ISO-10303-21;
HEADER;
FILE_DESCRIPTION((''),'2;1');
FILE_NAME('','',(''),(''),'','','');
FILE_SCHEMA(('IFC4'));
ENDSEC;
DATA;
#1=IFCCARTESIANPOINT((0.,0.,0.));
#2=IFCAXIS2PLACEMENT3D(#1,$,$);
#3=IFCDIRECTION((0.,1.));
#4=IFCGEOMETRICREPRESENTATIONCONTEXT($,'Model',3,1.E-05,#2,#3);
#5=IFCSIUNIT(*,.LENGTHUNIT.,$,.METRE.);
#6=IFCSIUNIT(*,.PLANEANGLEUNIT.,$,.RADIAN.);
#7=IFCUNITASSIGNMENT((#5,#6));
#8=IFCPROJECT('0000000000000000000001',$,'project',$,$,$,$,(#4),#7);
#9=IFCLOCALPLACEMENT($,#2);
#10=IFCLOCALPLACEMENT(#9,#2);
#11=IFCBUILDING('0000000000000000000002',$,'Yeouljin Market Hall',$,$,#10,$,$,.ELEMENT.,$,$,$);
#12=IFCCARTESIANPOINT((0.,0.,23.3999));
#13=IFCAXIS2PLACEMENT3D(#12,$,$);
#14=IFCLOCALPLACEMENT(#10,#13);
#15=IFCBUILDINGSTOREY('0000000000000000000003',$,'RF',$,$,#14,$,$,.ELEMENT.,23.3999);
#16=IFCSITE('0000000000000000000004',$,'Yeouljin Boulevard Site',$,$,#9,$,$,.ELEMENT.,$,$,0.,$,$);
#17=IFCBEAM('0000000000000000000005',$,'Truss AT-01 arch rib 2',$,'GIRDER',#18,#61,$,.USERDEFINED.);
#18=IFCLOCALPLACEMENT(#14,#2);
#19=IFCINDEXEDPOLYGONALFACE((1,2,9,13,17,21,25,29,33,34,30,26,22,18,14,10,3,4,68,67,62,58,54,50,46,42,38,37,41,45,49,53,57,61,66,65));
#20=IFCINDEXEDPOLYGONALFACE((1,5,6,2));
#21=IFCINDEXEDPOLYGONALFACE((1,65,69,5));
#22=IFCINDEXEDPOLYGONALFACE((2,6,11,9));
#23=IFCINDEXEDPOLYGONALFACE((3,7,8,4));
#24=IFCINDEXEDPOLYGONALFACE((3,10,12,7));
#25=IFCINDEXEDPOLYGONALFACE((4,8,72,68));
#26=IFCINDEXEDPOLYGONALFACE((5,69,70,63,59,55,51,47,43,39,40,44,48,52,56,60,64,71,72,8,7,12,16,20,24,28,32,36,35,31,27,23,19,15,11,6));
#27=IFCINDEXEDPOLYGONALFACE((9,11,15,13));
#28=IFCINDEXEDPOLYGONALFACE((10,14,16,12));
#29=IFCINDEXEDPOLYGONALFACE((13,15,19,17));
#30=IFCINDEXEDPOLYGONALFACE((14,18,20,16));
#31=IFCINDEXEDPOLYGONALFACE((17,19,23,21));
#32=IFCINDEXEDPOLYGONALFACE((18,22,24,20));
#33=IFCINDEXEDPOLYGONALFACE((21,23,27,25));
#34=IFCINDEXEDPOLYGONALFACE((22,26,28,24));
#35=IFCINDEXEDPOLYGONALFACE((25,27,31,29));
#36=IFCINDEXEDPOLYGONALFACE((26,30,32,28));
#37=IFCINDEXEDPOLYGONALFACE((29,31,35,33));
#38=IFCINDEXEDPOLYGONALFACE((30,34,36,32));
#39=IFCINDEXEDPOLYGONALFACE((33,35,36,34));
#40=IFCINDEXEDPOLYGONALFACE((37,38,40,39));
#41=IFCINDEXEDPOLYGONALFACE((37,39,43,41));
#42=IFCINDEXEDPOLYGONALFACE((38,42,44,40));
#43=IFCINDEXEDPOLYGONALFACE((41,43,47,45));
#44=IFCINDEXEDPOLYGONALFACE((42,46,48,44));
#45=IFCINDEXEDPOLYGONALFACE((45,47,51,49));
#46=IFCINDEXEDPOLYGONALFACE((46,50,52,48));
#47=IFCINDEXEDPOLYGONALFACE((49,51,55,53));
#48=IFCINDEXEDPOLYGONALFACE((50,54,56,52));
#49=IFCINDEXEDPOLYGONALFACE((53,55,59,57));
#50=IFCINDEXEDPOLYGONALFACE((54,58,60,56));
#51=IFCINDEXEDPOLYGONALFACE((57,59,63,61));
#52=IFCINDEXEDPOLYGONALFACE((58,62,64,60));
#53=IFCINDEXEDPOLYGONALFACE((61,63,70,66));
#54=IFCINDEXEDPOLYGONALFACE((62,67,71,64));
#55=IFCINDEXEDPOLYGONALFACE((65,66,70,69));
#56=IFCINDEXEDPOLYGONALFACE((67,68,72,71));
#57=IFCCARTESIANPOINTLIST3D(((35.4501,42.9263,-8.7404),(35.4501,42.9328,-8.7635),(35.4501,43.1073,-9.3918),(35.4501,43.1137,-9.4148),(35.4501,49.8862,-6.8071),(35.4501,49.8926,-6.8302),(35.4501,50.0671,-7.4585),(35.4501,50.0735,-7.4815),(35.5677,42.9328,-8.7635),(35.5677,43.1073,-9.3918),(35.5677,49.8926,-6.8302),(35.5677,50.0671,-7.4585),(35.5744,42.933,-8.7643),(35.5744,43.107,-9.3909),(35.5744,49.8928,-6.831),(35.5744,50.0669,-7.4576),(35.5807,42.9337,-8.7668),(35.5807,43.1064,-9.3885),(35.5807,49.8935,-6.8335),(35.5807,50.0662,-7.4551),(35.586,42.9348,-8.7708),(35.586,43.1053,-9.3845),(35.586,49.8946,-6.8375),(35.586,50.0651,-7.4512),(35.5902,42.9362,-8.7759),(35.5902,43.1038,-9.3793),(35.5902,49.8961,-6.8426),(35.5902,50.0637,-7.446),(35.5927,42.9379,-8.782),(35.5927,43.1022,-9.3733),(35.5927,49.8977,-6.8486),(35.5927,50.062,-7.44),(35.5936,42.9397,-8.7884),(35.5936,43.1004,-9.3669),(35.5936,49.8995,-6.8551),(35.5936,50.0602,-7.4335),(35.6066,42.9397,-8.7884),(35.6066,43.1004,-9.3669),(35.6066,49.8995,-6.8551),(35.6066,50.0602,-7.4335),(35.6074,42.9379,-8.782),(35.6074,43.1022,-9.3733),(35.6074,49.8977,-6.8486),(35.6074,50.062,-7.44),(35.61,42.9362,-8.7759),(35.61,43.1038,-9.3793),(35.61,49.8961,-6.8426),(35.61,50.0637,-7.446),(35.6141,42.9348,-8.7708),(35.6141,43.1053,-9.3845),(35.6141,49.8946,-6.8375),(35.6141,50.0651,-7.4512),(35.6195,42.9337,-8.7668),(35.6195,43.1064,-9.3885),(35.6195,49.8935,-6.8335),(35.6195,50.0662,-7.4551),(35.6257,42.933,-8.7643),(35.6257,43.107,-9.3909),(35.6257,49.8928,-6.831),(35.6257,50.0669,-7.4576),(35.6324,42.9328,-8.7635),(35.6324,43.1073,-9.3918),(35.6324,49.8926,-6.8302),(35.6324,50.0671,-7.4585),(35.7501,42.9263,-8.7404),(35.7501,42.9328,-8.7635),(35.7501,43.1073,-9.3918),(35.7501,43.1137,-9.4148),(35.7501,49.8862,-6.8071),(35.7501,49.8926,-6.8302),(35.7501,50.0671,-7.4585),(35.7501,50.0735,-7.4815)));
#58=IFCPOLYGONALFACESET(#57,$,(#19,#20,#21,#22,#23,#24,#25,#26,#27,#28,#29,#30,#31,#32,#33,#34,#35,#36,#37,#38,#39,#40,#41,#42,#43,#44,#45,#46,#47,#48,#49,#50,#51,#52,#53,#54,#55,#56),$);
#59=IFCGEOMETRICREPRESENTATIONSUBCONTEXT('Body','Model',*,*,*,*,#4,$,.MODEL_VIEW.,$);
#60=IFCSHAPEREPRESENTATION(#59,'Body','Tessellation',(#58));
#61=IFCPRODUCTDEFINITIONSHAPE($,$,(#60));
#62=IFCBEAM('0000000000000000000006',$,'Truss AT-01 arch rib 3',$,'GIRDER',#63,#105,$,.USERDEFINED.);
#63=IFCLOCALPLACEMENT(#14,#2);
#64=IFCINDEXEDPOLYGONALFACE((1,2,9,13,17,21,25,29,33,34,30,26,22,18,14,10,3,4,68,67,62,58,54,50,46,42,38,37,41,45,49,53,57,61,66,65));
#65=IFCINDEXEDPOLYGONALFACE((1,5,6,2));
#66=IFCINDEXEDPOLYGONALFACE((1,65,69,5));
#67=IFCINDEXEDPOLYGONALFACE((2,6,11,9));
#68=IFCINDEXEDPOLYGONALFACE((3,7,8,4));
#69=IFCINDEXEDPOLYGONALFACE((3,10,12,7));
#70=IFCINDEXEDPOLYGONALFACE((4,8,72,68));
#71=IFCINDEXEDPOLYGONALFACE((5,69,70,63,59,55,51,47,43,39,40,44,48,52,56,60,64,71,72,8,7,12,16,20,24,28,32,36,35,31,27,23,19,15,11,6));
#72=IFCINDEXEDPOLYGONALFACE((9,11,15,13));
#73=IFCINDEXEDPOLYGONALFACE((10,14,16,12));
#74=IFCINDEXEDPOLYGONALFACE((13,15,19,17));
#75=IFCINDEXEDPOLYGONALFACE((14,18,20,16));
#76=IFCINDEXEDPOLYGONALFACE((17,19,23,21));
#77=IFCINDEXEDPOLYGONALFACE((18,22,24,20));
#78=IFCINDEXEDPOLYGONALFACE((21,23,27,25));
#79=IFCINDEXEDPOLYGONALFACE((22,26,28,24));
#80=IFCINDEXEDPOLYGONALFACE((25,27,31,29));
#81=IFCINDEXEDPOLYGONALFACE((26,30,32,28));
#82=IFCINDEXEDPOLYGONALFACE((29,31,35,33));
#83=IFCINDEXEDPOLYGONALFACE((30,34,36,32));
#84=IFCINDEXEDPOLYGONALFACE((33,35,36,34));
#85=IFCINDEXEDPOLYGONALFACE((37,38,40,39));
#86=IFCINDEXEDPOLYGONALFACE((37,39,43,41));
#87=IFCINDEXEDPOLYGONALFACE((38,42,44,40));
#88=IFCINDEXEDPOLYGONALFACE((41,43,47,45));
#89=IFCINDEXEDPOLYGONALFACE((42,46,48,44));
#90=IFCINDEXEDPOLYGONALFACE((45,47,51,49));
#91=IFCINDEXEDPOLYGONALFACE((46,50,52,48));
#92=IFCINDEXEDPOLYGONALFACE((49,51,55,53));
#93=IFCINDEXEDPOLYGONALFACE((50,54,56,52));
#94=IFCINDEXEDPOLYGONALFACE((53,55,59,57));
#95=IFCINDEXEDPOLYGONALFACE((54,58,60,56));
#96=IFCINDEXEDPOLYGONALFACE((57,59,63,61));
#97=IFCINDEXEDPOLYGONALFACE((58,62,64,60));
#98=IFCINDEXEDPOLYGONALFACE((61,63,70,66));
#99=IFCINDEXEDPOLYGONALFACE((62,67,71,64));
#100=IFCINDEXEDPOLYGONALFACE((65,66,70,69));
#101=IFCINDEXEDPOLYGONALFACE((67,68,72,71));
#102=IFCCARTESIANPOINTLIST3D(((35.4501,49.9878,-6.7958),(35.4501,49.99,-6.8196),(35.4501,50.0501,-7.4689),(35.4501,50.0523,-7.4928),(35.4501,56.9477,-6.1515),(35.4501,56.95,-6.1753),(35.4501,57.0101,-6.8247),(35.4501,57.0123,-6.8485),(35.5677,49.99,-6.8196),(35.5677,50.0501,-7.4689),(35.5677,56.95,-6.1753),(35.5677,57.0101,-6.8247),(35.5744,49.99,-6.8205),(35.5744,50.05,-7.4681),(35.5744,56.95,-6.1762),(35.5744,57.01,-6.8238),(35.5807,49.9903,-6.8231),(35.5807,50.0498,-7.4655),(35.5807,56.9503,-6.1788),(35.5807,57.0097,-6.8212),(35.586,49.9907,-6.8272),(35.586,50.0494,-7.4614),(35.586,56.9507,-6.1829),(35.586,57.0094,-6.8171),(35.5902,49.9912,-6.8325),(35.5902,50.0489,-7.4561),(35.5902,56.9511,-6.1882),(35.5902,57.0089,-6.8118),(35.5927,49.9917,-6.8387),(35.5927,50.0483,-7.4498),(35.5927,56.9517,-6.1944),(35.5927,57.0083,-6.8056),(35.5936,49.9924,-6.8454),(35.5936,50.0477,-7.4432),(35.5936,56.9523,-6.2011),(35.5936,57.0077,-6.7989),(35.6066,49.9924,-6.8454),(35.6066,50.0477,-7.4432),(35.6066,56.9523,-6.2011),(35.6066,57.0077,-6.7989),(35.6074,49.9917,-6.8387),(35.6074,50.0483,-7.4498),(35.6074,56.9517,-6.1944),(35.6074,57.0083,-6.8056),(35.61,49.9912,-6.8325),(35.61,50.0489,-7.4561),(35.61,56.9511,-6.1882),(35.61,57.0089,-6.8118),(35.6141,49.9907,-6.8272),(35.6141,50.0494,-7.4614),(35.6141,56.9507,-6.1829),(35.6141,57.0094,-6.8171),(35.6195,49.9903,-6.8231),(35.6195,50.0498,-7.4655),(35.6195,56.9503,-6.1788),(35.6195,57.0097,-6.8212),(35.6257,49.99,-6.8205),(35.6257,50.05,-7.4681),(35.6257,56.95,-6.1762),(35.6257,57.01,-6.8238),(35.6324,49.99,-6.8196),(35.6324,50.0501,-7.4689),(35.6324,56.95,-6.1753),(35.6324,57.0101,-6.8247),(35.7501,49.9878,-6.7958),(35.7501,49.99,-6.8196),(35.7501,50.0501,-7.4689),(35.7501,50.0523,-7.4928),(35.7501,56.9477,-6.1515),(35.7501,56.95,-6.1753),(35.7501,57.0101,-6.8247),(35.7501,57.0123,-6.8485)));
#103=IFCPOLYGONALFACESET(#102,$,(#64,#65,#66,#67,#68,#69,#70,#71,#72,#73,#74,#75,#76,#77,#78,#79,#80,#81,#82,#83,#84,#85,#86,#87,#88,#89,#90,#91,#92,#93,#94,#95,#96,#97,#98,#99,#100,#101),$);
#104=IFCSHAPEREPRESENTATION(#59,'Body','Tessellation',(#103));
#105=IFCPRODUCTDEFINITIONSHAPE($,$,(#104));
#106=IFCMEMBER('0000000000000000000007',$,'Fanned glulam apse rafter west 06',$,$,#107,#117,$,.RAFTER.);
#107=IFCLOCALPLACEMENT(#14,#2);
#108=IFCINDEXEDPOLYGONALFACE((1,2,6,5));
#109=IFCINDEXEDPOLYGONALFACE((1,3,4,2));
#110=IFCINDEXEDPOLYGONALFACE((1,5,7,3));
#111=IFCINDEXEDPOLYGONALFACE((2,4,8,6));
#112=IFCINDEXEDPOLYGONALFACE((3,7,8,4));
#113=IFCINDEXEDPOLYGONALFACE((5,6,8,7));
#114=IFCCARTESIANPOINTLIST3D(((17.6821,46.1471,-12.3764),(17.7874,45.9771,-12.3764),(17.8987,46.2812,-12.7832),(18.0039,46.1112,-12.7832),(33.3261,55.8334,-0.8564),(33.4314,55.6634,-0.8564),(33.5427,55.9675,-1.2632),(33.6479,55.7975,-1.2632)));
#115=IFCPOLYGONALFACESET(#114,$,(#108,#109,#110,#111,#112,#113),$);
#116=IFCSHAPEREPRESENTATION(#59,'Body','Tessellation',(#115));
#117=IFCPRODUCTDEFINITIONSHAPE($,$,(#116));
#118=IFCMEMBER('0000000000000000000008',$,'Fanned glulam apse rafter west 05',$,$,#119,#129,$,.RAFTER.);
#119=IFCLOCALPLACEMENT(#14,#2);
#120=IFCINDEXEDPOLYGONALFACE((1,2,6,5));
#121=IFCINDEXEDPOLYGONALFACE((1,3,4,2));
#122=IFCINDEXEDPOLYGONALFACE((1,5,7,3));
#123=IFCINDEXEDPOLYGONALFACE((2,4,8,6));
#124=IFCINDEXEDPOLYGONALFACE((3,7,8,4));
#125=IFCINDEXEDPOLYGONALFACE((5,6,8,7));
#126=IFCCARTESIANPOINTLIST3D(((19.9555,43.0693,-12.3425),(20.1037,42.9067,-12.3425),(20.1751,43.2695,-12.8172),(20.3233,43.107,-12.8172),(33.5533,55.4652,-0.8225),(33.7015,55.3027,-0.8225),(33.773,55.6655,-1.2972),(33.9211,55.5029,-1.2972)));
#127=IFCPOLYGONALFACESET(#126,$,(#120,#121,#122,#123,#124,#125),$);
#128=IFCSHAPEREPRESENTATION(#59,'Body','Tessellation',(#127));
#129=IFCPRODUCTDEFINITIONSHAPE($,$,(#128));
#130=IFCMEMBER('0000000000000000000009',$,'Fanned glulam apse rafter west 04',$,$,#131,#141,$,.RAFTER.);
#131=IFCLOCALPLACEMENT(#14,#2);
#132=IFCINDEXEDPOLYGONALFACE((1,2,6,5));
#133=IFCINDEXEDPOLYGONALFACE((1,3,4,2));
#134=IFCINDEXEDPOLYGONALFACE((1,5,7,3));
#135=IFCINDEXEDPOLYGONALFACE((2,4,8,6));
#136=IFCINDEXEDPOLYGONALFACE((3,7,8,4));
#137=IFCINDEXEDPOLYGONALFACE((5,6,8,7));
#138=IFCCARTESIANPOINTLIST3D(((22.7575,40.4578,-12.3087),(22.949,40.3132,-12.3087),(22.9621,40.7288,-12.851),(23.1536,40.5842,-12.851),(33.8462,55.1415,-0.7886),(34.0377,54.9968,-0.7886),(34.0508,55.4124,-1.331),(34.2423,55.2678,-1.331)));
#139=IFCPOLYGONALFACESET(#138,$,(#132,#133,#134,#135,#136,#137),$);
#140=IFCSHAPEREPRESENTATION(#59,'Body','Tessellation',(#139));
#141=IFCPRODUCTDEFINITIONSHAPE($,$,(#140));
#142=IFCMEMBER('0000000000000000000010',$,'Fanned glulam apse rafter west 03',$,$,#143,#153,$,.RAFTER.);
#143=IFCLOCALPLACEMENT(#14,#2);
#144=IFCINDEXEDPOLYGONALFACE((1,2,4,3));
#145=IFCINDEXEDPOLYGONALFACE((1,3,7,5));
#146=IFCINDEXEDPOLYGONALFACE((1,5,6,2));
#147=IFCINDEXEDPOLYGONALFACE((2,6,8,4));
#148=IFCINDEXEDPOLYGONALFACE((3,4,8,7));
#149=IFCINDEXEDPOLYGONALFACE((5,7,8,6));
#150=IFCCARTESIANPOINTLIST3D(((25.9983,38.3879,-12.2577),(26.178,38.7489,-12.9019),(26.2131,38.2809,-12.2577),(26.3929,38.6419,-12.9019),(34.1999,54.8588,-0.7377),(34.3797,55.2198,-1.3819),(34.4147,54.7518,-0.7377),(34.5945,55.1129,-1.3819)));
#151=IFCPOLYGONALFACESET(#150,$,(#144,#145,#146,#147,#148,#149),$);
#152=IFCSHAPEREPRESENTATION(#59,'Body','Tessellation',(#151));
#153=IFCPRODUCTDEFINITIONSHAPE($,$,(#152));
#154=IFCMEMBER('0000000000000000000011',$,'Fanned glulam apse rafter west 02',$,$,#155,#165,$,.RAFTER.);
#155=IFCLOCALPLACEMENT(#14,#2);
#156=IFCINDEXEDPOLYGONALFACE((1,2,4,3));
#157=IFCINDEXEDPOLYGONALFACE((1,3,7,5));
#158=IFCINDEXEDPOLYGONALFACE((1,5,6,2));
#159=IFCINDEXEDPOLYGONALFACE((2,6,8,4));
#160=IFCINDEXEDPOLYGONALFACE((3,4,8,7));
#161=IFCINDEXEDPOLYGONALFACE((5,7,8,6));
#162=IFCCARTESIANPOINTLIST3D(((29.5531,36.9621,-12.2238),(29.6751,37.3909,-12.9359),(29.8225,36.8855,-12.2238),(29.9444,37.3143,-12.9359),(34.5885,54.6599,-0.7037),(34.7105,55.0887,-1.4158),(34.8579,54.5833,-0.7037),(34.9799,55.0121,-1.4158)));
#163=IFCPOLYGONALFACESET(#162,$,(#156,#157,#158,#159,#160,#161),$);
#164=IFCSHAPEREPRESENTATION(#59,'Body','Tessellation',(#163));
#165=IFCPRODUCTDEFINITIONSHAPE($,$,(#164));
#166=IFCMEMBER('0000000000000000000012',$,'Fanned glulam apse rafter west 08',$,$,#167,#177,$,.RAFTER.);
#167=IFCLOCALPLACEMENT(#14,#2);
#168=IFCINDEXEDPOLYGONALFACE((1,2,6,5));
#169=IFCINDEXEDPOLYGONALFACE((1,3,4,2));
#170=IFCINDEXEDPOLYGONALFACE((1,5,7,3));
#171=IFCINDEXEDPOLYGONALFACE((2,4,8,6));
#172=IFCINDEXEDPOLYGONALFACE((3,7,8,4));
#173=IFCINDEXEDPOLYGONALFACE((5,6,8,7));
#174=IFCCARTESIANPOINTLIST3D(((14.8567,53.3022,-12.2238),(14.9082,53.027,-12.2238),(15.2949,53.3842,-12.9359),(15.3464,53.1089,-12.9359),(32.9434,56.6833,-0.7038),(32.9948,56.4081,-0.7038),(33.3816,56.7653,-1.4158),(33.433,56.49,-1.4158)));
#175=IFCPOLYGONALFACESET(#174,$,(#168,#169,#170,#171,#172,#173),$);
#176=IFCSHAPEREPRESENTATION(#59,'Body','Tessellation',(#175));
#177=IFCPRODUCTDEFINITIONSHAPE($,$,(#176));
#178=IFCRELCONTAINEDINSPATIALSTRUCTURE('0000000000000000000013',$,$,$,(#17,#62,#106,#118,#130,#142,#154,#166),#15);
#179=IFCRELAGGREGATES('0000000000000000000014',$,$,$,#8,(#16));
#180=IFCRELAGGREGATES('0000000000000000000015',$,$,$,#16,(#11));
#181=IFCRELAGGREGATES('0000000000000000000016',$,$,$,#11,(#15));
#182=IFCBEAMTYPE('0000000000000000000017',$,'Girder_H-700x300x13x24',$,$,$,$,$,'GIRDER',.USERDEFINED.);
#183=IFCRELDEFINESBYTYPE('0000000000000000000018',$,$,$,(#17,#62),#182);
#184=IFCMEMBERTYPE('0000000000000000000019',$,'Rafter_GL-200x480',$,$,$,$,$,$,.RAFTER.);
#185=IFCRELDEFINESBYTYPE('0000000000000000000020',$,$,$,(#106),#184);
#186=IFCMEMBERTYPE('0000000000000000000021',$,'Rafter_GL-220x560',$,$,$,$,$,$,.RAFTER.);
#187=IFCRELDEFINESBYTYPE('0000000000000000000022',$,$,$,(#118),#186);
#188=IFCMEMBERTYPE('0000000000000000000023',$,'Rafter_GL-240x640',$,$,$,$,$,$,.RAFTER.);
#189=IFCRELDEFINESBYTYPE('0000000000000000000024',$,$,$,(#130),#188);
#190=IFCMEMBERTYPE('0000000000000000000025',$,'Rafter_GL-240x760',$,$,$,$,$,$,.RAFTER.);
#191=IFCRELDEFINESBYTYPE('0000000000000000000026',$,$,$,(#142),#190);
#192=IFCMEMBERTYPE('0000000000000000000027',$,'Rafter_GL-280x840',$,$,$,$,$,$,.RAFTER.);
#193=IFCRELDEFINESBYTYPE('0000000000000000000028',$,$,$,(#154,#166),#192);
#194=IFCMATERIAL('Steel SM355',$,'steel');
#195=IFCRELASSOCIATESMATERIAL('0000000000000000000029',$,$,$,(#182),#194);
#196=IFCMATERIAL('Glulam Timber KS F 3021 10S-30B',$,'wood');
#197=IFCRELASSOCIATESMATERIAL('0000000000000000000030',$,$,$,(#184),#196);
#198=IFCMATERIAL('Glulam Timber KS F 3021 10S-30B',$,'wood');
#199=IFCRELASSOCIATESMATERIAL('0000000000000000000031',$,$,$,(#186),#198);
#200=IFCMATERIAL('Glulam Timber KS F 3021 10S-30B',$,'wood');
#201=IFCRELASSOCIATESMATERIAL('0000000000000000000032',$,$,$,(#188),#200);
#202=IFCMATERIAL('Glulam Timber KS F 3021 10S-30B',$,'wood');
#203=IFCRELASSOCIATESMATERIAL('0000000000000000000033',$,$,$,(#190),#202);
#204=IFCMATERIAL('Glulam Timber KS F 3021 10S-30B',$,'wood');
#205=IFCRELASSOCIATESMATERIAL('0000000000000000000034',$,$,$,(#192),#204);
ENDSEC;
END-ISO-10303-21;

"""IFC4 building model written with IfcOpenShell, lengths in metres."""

from ifc_helpers import new_model, si_unit, direction, frame, origin, origin_2d, place, context, subcontext, project, spatial, rectangle, i_section, extrude, material, material_profile, profile_set, type_object, element, save


model = new_model("IFC4")

# Units and contexts
model_context = context("Model", 3, precision=1e-05, world=origin(), true_north=direction((0.0, 1.0)))
body_context = subcontext(model_context, "Body", "Model", "MODEL_VIEW")
ifc_project = project(units=[si_unit("LENGTHUNIT", "METRE"), si_unit("PLANEANGLEUNIT", "RADIAN")], contexts=[model_context])

# Site, building, storey
site_placement = place(None, origin())
site = spatial("IfcSite", under=ifc_project, at=site_placement, Name="Yeouljin Boulevard Site", CompositionType="ELEMENT", RefElevation=0.0)
building_placement = place(site_placement, origin())
building = spatial("IfcBuilding", under=site, at=building_placement, Name="Yeouljin Market Hall", CompositionType="ELEMENT")
storey_placement = place(building_placement, frame((0.0, 0.0, 23.3999)))
storey = spatial("IfcBuildingStorey", under=building, at=storey_placement, Name="RF", CompositionType="ELEMENT", Elevation=23.3999)

# Beams
ifc_material_1 = material(Name="Steel SM355", Category="steel")
ifc_material_profile_1 = material_profile(ifc_material_1, i_section(OverallWidth=0.3, OverallDepth=0.7, WebThickness=0.0129, FlangeThickness=0.0239, FilletRadius=0.0259, at=origin_2d()), Name="H-700x300x13x24")
ifc_profile_set_1 = profile_set([ifc_material_profile_1], Name="Steel SM355")
beam_type_1 = type_object("IfcBeamType", Name="Girder_H-700x300x13x24", ElementType="GIRDER", PredefinedType="USERDEFINED", material=ifc_profile_set_1)
beam_1_placement = place(storey_placement, frame((35.6001, 43.02, -9.0776), z_axis=(0.0, 0.963517, 0.267647), x_axis=(-1.0, 0.0, 0.0)))
element("IfcBeam", 1, at=beam_1_placement, inside=storey, type_object=beam_type_1, Name="Truss AT-01 arch rib 2", ObjectType="GIRDER", PredefinedType="USERDEFINED", context=body_context, shape_type="SweptSolid", body=[
    extrude(i_section(OverallWidth=0.3, OverallDepth=0.7, WebThickness=0.0129, FlangeThickness=0.0239, FilletRadius=0.0259, at=origin_2d()), origin(), (0.0, 0.0, 1.0), 7.2234),
])
beam_2_placement = place(storey_placement, frame((35.6001, 50.02, -7.1443), z_axis=(0.0, 0.995743, 0.092176), x_axis=(-1.0, 0.0, 0.0)))
element("IfcBeam", 2, at=beam_2_placement, inside=storey, type_object=beam_type_1, Name="Truss AT-01 arch rib 3", ObjectType="GIRDER", PredefinedType="USERDEFINED", context=body_context, shape_type="SweptSolid", body=[
    extrude(i_section(OverallWidth=0.3, OverallDepth=0.7, WebThickness=0.0129, FlangeThickness=0.0239, FilletRadius=0.0259, at=origin_2d()), origin(), (0.0, 0.0, 1.0), 6.9897),
])

# Members
ifc_material_2 = material(Name="Glulam Timber KS F 3021 10S-30B", Category="wood")
ifc_material_profile_2 = material_profile(ifc_material_2, rectangle(XDim=0.2, YDim=0.48, at=origin_2d()), Name="GL-200x480")
ifc_profile_set_2 = profile_set([ifc_material_profile_2], Name="Glulam Timber KS F 3021 10S-30B")
member_type_1 = type_object("IfcMemberType", Name="Rafter_GL-200x480", PredefinedType="RAFTER", material=ifc_profile_set_2)
member_1_placement = place(storey_placement, frame((17.843, 46.1292, -12.5798), z_axis=(0.720632, 0.446192, 0.530662), x_axis=(-0.526428, 0.85022, 0.0)))
element("IfcMember", 3, at=member_1_placement, inside=storey, type_object=member_type_1, Name="Fanned glulam apse rafter west 06", PredefinedType="RAFTER", context=body_context, shape_type="SweptSolid", body=[
    extrude(rectangle(XDim=0.2, YDim=0.48, at=origin_2d()), origin(), (0.0, 0.0, 1.0), 21.7087),
])
ifc_material_3 = material(Name="Glulam Timber KS F 3021 10S-30B", Category="wood")
ifc_material_profile_3 = material_profile(ifc_material_3, rectangle(XDim=0.22, YDim=0.5601, at=origin_2d()), Name="GL-220x560")
ifc_profile_set_3 = profile_set([ifc_material_profile_3], Name="Glulam Timber KS F 3021 10S-30B")
member_type_2 = type_object("IfcMemberType", Name="Rafter_GL-220x560", PredefinedType="RAFTER", material=ifc_profile_set_3)
member_2_placement = place(storey_placement, frame((20.1394, 43.0881, -12.5798), z_axis=(0.626376, 0.571011, 0.53066), x_axis=(-0.673692, 0.739012, 0.0)))
element("IfcMember", 4, at=member_2_placement, inside=storey, type_object=member_type_2, Name="Fanned glulam apse rafter west 05", PredefinedType="RAFTER", context=body_context, shape_type="SweptSolid", body=[
    extrude(rectangle(XDim=0.22, YDim=0.5601, at=origin_2d()), origin(), (0.0, 0.0, 1.0), 21.7087),
])
ifc_material_4 = material(Name="Glulam Timber KS F 3021 10S-30B", Category="wood")
ifc_material_profile_4 = material_profile(ifc_material_4, rectangle(XDim=0.24, YDim=0.6399, at=origin_2d()), Name="GL-240x640")
ifc_profile_set_4 = profile_set([ifc_material_profile_4], Name="Glulam Timber KS F 3021 10S-30B")
member_type_3 = type_object("IfcMemberType", Name="Rafter_GL-240x640", PredefinedType="RAFTER", material=ifc_profile_set_4)
member_3_placement = place(storey_placement, frame((22.9556, 40.521, -12.5798), z_axis=(0.510787, 0.676386, 0.530659), x_axis=(-0.798015, 0.602638, 0.0)))
element("IfcMember", 5, at=member_3_placement, inside=storey, type_object=member_type_3, Name="Fanned glulam apse rafter west 04", PredefinedType="RAFTER", context=body_context, shape_type="SweptSolid", body=[
    extrude(rectangle(XDim=0.24, YDim=0.6399, at=origin_2d()), origin(), (0.0, 0.0, 1.0), 21.709),
])
ifc_material_5 = material(Name="Glulam Timber KS F 3021 10S-30B", Category="wood")
ifc_material_profile_5 = material_profile(ifc_material_5, rectangle(XDim=0.24, YDim=0.76, at=origin_2d()), Name="GL-240x760")
ifc_profile_set_5 = profile_set([ifc_material_profile_5], Name="Glulam Timber KS F 3021 10S-30B")
member_type_4 = type_object("IfcMemberType", Name="Rafter_GL-240x760", PredefinedType="RAFTER", material=ifc_profile_set_5)
member_4_placement = place(storey_placement, frame((26.1956, 38.5149, -12.5798), z_axis=(0.377804, 0.758724, 0.530662), x_axis=(-0.895161, 0.445743, 0.0)))
element("IfcMember", 6, at=member_4_placement, inside=storey, type_object=member_type_4, Name="Fanned glulam apse rafter west 03", PredefinedType="RAFTER", context=body_context, shape_type="SweptSolid", body=[
    extrude(rectangle(XDim=0.24, YDim=0.76, at=origin_2d()), origin(), (0.0, 0.0, 1.0), 21.7087),
])
ifc_material_6 = material(Name="Glulam Timber KS F 3021 10S-30B", Category="wood")
ifc_material_profile_6 = material_profile(ifc_material_6, rectangle(XDim=0.28, YDim=0.8401, at=origin_2d()), Name="GL-280x840")
ifc_profile_set_6 = profile_set([ifc_material_profile_6], Name="Glulam Timber KS F 3021 10S-30B")
member_type_5 = type_object("IfcMemberType", Name="Rafter_GL-280x840", PredefinedType="RAFTER", material=ifc_profile_set_6)
member_5_placement = place(storey_placement, frame((29.7488, 37.1382, -12.5798), z_axis=(0.231951, 0.81523, 0.530659), x_axis=(-0.961826, 0.273661, 0.0)))
element("IfcMember", 7, at=member_5_placement, inside=storey, type_object=member_type_5, Name="Fanned glulam apse rafter west 02", PredefinedType="RAFTER", context=body_context, shape_type="SweptSolid", body=[
    extrude(rectangle(XDim=0.28, YDim=0.8401, at=origin_2d()), origin(), (0.0, 0.0, 1.0), 21.709),
])
member_6_placement = place(storey_placement, frame((15.1016, 53.2056, -12.5798), z_axis=(0.833151, 0.155748, 0.530662), x_axis=(-0.183756, 0.982972, 0.0)))
element("IfcMember", 8, at=member_6_placement, inside=storey, type_object=member_type_5, Name="Fanned glulam apse rafter west 08", PredefinedType="RAFTER", context=body_context, shape_type="SweptSolid", body=[
    extrude(rectangle(XDim=0.28, YDim=0.8401, at=origin_2d()), origin(), (0.0, 0.0, 1.0), 21.7087),
])

save(model, "model.ifc")
